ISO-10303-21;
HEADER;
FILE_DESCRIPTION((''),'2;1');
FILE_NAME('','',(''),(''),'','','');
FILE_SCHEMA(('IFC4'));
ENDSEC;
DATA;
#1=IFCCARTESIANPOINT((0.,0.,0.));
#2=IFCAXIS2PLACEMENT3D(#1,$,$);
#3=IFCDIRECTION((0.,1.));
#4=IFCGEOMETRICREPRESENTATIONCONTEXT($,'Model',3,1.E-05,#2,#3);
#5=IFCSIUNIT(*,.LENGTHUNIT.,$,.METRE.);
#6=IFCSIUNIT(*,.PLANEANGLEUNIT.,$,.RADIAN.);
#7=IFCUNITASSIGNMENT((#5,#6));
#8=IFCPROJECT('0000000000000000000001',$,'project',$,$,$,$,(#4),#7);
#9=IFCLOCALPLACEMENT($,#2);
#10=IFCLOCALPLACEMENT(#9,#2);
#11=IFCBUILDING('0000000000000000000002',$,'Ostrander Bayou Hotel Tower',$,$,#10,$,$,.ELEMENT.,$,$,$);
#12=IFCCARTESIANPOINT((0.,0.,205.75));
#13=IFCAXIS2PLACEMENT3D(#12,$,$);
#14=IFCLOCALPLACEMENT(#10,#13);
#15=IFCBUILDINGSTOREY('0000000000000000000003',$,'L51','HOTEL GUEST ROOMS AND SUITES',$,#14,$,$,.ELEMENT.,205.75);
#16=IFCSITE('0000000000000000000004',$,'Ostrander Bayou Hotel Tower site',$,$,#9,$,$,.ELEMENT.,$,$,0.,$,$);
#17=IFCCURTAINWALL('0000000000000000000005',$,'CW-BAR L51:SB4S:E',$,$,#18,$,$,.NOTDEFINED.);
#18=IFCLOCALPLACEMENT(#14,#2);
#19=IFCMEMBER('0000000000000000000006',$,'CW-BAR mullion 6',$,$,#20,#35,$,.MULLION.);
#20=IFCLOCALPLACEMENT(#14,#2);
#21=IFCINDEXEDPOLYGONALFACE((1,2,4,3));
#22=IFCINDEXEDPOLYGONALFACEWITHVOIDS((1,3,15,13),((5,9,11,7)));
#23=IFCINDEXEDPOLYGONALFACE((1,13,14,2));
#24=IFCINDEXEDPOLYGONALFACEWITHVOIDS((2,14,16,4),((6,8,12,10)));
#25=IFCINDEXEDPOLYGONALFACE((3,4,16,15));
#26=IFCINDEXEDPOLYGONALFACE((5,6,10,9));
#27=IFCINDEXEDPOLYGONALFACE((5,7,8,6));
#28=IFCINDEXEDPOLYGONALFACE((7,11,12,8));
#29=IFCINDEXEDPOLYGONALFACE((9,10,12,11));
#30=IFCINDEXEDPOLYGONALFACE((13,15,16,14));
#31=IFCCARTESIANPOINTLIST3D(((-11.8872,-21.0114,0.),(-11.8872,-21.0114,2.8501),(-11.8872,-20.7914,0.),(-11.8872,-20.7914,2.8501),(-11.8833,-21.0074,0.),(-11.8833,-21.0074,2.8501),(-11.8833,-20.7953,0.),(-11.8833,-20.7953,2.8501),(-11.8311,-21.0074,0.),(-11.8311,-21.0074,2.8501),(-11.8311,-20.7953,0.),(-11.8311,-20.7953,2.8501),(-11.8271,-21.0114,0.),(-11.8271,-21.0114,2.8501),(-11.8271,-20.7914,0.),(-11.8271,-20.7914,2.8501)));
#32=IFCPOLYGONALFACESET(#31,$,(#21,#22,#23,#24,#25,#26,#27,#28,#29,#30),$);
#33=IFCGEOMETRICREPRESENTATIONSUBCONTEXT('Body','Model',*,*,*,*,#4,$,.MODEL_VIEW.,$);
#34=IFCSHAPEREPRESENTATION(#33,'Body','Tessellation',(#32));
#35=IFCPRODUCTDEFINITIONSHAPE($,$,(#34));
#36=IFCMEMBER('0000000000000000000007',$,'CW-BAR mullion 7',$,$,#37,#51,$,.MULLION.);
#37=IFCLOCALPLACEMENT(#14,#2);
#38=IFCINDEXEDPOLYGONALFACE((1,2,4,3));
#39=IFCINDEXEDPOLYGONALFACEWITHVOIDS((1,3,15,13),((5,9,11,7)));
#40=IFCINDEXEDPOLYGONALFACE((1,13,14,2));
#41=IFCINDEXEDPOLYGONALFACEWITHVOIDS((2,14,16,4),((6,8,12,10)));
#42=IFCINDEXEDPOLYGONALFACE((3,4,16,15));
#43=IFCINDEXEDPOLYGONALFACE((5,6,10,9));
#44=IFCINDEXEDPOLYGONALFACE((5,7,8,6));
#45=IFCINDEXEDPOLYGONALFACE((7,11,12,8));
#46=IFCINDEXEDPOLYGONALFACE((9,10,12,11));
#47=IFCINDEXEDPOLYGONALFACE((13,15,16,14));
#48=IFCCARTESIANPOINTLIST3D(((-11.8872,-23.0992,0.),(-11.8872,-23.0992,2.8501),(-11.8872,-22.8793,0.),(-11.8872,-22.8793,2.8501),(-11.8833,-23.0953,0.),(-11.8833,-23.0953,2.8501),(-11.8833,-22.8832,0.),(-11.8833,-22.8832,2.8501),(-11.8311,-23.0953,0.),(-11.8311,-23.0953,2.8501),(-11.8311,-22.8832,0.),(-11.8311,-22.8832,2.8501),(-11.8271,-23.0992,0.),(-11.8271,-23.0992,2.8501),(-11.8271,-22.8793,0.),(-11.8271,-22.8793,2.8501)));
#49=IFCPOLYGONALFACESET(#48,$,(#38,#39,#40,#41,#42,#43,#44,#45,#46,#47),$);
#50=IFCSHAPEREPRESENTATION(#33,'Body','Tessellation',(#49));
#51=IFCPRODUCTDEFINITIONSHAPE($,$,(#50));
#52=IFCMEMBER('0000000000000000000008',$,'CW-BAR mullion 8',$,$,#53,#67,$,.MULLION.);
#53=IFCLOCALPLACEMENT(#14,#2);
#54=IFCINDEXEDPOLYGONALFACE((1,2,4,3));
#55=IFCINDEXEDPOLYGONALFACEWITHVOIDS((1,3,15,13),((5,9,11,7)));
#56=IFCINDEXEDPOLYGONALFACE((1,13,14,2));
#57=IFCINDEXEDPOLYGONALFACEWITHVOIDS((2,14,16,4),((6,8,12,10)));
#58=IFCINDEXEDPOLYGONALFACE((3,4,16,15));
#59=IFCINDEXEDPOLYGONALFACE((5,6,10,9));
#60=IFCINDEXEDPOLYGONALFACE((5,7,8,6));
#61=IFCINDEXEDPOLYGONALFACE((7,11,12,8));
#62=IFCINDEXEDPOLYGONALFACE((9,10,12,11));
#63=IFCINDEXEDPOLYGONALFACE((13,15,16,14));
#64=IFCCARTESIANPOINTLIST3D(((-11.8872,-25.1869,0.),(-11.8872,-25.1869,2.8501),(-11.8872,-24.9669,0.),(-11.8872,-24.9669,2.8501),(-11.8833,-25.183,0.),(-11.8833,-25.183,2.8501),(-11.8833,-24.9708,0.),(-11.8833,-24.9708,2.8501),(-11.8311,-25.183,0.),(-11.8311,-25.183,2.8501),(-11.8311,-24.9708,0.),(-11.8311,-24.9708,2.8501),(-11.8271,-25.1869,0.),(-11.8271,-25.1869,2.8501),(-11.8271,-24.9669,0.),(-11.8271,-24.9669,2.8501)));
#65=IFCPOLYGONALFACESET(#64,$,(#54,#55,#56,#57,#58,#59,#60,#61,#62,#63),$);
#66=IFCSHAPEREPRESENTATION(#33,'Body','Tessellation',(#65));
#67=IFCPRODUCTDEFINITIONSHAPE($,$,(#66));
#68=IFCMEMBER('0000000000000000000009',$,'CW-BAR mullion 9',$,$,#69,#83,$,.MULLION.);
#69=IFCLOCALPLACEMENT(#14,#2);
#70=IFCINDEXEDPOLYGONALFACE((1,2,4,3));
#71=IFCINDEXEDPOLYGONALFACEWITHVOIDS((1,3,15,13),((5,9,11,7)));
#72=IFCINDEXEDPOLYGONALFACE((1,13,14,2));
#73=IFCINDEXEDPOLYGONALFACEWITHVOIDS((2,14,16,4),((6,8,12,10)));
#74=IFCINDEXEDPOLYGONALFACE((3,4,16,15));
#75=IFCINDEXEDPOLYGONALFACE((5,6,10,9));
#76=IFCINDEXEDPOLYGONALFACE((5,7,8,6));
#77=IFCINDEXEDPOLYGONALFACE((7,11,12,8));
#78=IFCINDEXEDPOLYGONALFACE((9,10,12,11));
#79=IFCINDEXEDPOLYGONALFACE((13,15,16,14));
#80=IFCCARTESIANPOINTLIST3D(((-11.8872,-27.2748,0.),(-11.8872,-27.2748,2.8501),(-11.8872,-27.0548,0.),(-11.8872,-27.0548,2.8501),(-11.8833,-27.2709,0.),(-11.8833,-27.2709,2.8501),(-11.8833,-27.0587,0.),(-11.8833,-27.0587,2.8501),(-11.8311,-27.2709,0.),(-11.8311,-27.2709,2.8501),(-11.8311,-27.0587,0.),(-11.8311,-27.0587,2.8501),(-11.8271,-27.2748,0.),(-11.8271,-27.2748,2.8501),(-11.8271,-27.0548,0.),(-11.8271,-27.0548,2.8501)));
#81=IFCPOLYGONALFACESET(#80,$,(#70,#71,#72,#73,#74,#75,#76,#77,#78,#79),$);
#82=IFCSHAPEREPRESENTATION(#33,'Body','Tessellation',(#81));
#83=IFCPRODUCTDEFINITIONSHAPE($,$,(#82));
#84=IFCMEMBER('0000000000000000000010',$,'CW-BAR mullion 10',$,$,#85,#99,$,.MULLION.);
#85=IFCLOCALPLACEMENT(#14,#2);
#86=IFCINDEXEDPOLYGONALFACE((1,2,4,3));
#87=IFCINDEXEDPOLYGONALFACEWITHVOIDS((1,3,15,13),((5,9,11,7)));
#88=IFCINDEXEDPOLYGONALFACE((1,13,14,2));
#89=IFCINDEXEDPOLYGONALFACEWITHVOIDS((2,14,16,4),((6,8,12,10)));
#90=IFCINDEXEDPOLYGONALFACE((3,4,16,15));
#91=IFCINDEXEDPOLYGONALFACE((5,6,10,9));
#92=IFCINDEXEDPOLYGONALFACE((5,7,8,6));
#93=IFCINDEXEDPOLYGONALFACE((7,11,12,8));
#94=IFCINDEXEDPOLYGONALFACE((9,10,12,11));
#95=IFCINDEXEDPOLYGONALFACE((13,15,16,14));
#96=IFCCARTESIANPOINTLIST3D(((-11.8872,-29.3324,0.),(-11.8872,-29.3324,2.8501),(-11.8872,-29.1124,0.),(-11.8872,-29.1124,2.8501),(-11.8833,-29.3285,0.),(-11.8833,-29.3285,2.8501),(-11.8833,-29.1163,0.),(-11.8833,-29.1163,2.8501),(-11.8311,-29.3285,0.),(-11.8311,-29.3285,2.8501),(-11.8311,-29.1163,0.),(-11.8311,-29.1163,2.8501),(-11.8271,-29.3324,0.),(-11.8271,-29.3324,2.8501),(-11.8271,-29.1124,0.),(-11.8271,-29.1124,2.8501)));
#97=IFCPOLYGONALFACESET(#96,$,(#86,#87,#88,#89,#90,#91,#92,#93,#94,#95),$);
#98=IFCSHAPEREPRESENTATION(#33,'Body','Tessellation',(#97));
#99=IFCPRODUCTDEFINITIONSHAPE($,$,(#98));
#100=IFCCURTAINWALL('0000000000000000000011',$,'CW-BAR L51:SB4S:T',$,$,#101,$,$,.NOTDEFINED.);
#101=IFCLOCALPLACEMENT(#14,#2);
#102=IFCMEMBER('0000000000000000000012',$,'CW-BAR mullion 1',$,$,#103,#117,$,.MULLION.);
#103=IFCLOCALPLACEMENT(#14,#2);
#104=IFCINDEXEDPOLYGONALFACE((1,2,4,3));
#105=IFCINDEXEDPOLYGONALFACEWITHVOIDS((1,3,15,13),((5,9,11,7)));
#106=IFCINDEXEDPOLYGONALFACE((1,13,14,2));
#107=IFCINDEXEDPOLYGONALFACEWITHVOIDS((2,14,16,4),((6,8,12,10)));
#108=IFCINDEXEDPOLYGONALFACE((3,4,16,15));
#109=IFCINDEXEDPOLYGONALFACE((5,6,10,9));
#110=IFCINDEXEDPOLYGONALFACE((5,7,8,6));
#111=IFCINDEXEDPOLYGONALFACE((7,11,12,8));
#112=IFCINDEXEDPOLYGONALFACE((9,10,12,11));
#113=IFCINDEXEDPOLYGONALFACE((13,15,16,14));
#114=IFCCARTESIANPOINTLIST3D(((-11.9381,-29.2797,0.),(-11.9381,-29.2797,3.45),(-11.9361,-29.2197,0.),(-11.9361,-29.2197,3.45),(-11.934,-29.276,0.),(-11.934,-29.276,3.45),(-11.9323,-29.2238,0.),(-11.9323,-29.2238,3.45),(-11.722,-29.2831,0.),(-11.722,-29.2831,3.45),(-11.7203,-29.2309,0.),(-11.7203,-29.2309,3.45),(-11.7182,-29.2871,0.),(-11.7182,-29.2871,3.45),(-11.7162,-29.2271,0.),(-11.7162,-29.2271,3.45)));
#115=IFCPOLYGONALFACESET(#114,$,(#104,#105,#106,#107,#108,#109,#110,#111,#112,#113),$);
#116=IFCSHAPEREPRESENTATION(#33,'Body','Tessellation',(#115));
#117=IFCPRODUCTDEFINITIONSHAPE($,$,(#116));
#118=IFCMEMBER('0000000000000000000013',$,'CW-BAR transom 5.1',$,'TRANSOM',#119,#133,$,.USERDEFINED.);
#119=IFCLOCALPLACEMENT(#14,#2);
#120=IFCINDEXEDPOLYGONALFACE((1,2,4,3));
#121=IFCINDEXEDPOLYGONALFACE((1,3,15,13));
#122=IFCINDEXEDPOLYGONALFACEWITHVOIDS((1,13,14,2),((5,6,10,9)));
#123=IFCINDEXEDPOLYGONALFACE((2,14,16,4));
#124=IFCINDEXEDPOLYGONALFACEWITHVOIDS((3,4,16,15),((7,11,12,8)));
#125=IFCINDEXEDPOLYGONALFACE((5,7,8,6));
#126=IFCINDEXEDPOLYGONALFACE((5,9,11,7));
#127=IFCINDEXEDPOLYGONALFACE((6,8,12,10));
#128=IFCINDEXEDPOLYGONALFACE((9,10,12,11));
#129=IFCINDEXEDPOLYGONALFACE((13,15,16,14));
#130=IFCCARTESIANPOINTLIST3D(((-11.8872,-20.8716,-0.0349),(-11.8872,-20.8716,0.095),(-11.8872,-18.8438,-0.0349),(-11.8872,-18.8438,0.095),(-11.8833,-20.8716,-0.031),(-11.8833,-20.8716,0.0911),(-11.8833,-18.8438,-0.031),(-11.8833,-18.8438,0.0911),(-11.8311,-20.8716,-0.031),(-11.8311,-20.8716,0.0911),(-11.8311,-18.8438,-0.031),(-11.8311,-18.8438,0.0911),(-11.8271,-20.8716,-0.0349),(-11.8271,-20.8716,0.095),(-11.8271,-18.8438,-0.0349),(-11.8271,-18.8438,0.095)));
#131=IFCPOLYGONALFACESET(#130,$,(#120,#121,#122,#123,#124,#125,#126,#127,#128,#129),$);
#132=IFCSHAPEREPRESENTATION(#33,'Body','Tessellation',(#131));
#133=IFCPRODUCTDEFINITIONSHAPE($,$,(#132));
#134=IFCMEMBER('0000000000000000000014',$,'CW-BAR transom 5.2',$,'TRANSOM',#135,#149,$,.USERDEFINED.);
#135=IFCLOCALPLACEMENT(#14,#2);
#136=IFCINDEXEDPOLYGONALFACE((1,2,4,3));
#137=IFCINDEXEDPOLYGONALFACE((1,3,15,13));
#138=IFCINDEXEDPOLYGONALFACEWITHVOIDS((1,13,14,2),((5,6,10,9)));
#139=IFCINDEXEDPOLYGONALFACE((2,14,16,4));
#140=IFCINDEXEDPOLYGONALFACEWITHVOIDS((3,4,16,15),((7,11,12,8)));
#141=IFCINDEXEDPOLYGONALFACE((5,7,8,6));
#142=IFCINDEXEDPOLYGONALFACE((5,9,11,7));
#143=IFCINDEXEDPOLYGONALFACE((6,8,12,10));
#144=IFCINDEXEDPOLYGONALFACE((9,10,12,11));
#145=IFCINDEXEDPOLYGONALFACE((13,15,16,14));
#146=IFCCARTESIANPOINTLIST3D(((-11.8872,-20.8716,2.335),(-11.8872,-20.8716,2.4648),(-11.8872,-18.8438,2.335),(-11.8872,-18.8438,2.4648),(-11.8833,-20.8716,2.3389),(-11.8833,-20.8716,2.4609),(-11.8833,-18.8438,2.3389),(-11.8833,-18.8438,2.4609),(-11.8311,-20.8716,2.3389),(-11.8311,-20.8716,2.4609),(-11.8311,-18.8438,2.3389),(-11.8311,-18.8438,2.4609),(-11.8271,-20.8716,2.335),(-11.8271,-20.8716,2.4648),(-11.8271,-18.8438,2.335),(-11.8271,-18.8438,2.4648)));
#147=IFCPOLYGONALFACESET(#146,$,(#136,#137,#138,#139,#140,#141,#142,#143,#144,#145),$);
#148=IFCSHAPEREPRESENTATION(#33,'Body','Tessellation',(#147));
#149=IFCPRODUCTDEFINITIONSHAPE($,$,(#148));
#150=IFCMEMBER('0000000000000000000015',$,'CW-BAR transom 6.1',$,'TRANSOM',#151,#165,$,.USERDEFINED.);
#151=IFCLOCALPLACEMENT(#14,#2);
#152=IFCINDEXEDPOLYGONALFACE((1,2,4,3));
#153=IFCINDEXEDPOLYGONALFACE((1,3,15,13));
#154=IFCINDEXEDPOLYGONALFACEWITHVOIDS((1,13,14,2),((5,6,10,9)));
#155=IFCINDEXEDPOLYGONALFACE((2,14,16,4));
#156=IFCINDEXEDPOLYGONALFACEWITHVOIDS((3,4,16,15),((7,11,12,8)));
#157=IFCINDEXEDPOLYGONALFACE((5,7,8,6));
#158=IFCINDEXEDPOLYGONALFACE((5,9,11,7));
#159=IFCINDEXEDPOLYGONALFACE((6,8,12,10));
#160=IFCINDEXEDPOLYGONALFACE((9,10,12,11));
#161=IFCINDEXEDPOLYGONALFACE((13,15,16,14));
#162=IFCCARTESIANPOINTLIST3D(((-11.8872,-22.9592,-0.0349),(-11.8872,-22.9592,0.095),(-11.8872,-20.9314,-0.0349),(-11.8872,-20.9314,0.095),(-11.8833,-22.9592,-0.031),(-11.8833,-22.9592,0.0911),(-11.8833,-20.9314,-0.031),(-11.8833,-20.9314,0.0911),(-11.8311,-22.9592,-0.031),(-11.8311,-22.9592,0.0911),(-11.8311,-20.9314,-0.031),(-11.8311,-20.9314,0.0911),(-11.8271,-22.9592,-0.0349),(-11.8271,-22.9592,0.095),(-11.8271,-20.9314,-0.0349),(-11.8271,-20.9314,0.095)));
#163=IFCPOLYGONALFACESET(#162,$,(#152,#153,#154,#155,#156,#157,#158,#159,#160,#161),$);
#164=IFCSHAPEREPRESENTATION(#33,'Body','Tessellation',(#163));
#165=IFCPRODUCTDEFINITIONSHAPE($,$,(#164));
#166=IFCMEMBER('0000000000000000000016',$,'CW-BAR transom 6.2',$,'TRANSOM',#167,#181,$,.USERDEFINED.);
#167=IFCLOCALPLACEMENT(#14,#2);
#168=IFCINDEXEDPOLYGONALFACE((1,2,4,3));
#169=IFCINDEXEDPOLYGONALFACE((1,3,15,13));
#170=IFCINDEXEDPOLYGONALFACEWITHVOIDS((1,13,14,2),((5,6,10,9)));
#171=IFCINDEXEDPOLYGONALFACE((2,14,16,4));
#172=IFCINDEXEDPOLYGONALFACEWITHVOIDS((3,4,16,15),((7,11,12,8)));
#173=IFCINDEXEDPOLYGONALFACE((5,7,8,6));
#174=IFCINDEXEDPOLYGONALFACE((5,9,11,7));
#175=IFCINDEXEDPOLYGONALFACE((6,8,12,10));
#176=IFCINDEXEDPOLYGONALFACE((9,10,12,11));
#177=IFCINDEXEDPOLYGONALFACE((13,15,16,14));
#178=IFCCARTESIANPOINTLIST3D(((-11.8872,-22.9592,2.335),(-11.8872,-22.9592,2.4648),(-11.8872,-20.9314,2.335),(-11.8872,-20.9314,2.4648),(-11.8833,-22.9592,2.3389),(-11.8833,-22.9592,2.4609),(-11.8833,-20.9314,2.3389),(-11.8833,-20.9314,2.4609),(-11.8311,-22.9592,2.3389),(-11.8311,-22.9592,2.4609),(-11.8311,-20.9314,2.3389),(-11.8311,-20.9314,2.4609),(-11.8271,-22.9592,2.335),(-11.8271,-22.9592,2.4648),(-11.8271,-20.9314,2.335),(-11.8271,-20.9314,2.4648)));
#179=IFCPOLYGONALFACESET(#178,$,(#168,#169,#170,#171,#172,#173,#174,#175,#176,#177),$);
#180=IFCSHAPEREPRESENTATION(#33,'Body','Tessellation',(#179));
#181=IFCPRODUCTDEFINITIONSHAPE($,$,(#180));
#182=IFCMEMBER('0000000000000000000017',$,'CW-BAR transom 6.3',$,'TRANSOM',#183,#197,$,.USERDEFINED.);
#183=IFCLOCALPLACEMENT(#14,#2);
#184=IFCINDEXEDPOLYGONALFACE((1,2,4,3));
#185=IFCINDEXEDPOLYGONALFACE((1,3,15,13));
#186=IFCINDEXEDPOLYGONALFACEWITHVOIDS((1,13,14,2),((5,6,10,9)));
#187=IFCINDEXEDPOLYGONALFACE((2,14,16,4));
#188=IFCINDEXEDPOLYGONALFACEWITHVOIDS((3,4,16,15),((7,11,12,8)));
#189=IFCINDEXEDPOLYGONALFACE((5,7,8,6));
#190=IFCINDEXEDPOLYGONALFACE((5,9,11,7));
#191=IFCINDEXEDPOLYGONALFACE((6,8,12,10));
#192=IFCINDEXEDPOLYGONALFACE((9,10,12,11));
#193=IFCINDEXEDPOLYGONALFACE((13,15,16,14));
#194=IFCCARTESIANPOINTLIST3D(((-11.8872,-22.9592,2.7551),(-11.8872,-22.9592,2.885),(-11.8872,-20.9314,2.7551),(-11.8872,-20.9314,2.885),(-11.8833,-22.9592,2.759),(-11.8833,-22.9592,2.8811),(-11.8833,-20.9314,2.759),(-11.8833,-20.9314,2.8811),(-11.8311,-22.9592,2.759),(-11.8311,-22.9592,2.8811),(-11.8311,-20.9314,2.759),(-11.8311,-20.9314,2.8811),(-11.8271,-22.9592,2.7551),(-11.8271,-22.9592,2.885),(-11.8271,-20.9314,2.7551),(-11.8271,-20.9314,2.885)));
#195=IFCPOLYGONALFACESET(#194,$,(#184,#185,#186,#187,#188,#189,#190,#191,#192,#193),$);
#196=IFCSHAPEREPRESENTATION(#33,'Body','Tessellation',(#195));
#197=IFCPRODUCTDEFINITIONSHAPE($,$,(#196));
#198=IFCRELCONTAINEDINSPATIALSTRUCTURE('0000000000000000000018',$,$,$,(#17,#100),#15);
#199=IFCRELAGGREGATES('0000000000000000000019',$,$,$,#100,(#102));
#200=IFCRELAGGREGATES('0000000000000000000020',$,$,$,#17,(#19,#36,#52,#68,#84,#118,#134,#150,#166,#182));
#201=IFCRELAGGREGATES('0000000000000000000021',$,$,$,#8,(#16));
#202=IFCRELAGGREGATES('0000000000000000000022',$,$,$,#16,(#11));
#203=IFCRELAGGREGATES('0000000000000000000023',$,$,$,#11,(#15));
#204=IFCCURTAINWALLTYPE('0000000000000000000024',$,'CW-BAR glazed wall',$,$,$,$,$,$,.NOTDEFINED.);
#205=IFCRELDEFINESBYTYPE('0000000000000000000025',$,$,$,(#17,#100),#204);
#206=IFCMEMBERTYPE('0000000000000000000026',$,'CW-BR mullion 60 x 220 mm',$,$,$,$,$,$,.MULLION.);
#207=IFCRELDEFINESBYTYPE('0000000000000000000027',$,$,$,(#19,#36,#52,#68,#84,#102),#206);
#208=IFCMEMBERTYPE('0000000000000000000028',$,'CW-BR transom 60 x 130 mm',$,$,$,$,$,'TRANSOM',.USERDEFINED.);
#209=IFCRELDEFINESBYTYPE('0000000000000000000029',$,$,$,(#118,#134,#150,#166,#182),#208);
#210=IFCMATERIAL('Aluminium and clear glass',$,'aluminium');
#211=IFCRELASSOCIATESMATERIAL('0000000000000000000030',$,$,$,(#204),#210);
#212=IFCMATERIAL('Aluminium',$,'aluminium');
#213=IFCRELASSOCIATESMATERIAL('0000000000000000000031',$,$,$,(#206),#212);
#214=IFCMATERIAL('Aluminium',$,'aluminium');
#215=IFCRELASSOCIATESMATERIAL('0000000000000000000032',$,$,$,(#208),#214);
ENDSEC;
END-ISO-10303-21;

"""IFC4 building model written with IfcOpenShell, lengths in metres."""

from ifc_helpers import new_model, si_unit, direction, frame, origin, origin_2d, place, context, subcontext, project, spatial, hollow_rectangle, extrude, material, material_profile, profile_set, type_object, element, aggregate, save


model = new_model("IFC4")

# Units and contexts
model_context = context("Model", 3, precision=1e-05, world=origin(), true_north=direction((0.0, 1.0)))
body_context = subcontext(model_context, "Body", "Model", "MODEL_VIEW")
ifc_project = project(units=[si_unit("LENGTHUNIT", "METRE"), si_unit("PLANEANGLEUNIT", "RADIAN")], contexts=[model_context])

# Site, building, storey
site_placement = place(None, origin())
site = spatial("IfcSite", under=ifc_project, at=site_placement, Name="Ostrander Bayou Hotel Tower site", CompositionType="ELEMENT", RefElevation=0.0)
building_placement = place(site_placement, origin())
building = spatial("IfcBuilding", under=site, at=building_placement, Name="Ostrander Bayou Hotel Tower", CompositionType="ELEMENT")
storey_placement = place(building_placement, frame((0.0, 0.0, 205.75)))
storey = spatial("IfcBuildingStorey", under=building, at=storey_placement, Name="L51", Description="HOTEL GUEST ROOMS AND SUITES", CompositionType="ELEMENT", Elevation=205.75)

# Curtain wall, members
ifc_material_1 = material(Name="Aluminium and clear glass", Category="aluminium")
curtain_wall_type = type_object("IfcCurtainWallType", Name="CW-BAR glazed wall", PredefinedType="NOTDEFINED", material=ifc_material_1)
curtain_wall_1_placement = place(storey_placement, origin())
curtain_wall_1 = element("IfcCurtainWall", 1, at=curtain_wall_1_placement, inside=storey, type_object=curtain_wall_type, Name="CW-BAR L51:SB4S:E", PredefinedType="NOTDEFINED")
ifc_material_2 = material(Name="Aluminium", Category="aluminium")
ifc_material_profile_1 = material_profile(ifc_material_2, hollow_rectangle(XDim=0.0601, YDim=0.22, WallThickness=0.0039, at=origin_2d()))
ifc_profile_set_1 = profile_set([ifc_material_profile_1], Name="Aluminium")
member_type_1 = type_object("IfcMemberType", Name="CW-BR mullion 60 x 220 mm", PredefinedType="MULLION", material=ifc_profile_set_1)
member_1_placement = place(storey_placement, frame((-11.8572, -20.9014, 0.0), z_axis=(0.0, 0.0, 1.0), x_axis=(1.0, 0.0, 0.0)))
member_1 = element("IfcMember", 2, at=member_1_placement, type_object=member_type_1, Name="CW-BAR mullion 6", PredefinedType="MULLION", context=body_context, shape_type="SweptSolid", body=[
    extrude(hollow_rectangle(XDim=0.0601, YDim=0.22, WallThickness=0.0039, at=origin_2d()), origin(), (0.0, 0.0, 1.0), 2.8501),
])
member_2_placement = place(storey_placement, frame((-11.8572, -22.9893, 0.0), z_axis=(0.0, 0.0, 1.0), x_axis=(1.0, 0.0, 0.0)))
member_2 = element("IfcMember", 3, at=member_2_placement, type_object=member_type_1, Name="CW-BAR mullion 7", PredefinedType="MULLION", context=body_context, shape_type="SweptSolid", body=[
    extrude(hollow_rectangle(XDim=0.0601, YDim=0.22, WallThickness=0.0039, at=origin_2d()), origin(), (0.0, 0.0, 1.0), 2.8501),
])
member_3_placement = place(storey_placement, frame((-11.8572, -25.0769, 0.0), z_axis=(0.0, 0.0, 1.0), x_axis=(1.0, 0.0, 0.0)))
member_3 = element("IfcMember", 4, at=member_3_placement, type_object=member_type_1, Name="CW-BAR mullion 8", PredefinedType="MULLION", context=body_context, shape_type="SweptSolid", body=[
    extrude(hollow_rectangle(XDim=0.0601, YDim=0.22, WallThickness=0.0039, at=origin_2d()), origin(), (0.0, 0.0, 1.0), 2.8501),
])
member_4_placement = place(storey_placement, frame((-11.8572, -27.1648, 0.0), z_axis=(0.0, 0.0, 1.0), x_axis=(1.0, 0.0, 0.0)))
member_4 = element("IfcMember", 5, at=member_4_placement, type_object=member_type_1, Name="CW-BAR mullion 9", PredefinedType="MULLION", context=body_context, shape_type="SweptSolid", body=[
    extrude(hollow_rectangle(XDim=0.0601, YDim=0.22, WallThickness=0.0039, at=origin_2d()), origin(), (0.0, 0.0, 1.0), 2.8501),
])
member_5_placement = place(storey_placement, frame((-11.8572, -29.2224, 0.0), z_axis=(0.0, 0.0, 1.0), x_axis=(1.0, 0.0, 0.0)))
member_5 = element("IfcMember", 6, at=member_5_placement, type_object=member_type_1, Name="CW-BAR mullion 10", PredefinedType="MULLION", context=body_context, shape_type="SweptSolid", body=[
    extrude(hollow_rectangle(XDim=0.0601, YDim=0.22, WallThickness=0.0039, at=origin_2d()), origin(), (0.0, 0.0, 1.0), 2.8501),
])

# Curtain wall, member
curtain_wall_2_placement = place(storey_placement, origin())
curtain_wall_2 = element("IfcCurtainWall", 7, at=curtain_wall_2_placement, inside=storey, type_object=curtain_wall_type, Name="CW-BAR L51:SB4S:T", PredefinedType="NOTDEFINED")
member_6_placement = place(storey_placement, frame((-11.8271, -29.2534, 0.0), z_axis=(0.0, 0.0, 1.0), x_axis=(0.033505, 0.999439, 0.0)))
member_6 = element("IfcMember", 8, at=member_6_placement, type_object=member_type_1, Name="CW-BAR mullion 1", PredefinedType="MULLION", context=body_context, shape_type="SweptSolid", body=[
    extrude(hollow_rectangle(XDim=0.0601, YDim=0.22, WallThickness=0.0039, at=origin_2d()), origin(), (0.0, 0.0, 1.0), 3.45),
])
aggregate(curtain_wall_2, [member_6])

# Members
ifc_material_3 = material(Name="Aluminium", Category="aluminium")
ifc_material_profile_2 = material_profile(ifc_material_3, hollow_rectangle(XDim=0.0601, YDim=0.1299, WallThickness=0.0039, at=origin_2d()))
ifc_profile_set_2 = profile_set([ifc_material_profile_2], Name="Aluminium")
member_type_2 = type_object("IfcMemberType", Name="CW-BR transom 60 x 130 mm", ElementType="TRANSOM", PredefinedType="USERDEFINED", material=ifc_profile_set_2)
member_7_placement = place(storey_placement, frame((-11.8572, -18.8438, 0.03), z_axis=(0.0, -1.0, 0.0), x_axis=(1.0, 0.0, 0.0)))
member_7 = element("IfcMember", 9, at=member_7_placement, type_object=member_type_2, Name="CW-BAR transom 5.1", ObjectType="TRANSOM", PredefinedType="USERDEFINED", context=body_context, shape_type="SweptSolid", body=[
    extrude(hollow_rectangle(XDim=0.0601, YDim=0.1299, WallThickness=0.0039, at=origin_2d()), origin(), (0.0, 0.0, 1.0), 2.0278),
])
member_8_placement = place(storey_placement, frame((-11.8572, -18.8438, 2.3999), z_axis=(0.0, -1.0, 0.0), x_axis=(1.0, 0.0, 0.0)))
member_8 = element("IfcMember", 10, at=member_8_placement, type_object=member_type_2, Name="CW-BAR transom 5.2", ObjectType="TRANSOM", PredefinedType="USERDEFINED", context=body_context, shape_type="SweptSolid", body=[
    extrude(hollow_rectangle(XDim=0.0601, YDim=0.1299, WallThickness=0.0039, at=origin_2d()), origin(), (0.0, 0.0, 1.0), 2.0278),
])
member_9_placement = place(storey_placement, frame((-11.8572, -20.9314, 0.03), z_axis=(0.0, -1.0, 0.0), x_axis=(1.0, 0.0, 0.0)))
member_9 = element("IfcMember", 11, at=member_9_placement, type_object=member_type_2, Name="CW-BAR transom 6.1", ObjectType="TRANSOM", PredefinedType="USERDEFINED", context=body_context, shape_type="SweptSolid", body=[
    extrude(hollow_rectangle(XDim=0.0601, YDim=0.1299, WallThickness=0.0039, at=origin_2d()), origin(), (0.0, 0.0, 1.0), 2.0278),
])
member_10_placement = place(storey_placement, frame((-11.8572, -20.9314, 2.3999), z_axis=(0.0, -1.0, 0.0), x_axis=(1.0, 0.0, 0.0)))
member_10 = element("IfcMember", 12, at=member_10_placement, type_object=member_type_2, Name="CW-BAR transom 6.2", ObjectType="TRANSOM", PredefinedType="USERDEFINED", context=body_context, shape_type="SweptSolid", body=[
    extrude(hollow_rectangle(XDim=0.0601, YDim=0.1299, WallThickness=0.0039, at=origin_2d()), origin(), (0.0, 0.0, 1.0), 2.0278),
])
member_11_placement = place(storey_placement, frame((-11.8572, -20.9314, 2.8201), z_axis=(0.0, -1.0, 0.0), x_axis=(1.0, 0.0, 0.0)))
member_11 = element("IfcMember", 13, at=member_11_placement, type_object=member_type_2, Name="CW-BAR transom 6.3", ObjectType="TRANSOM", PredefinedType="USERDEFINED", context=body_context, shape_type="SweptSolid", body=[
    extrude(hollow_rectangle(XDim=0.0601, YDim=0.1299, WallThickness=0.0039, at=origin_2d()), origin(), (0.0, 0.0, 1.0), 2.0278),
])

aggregate(curtain_wall_1, [member_1, member_2, member_3, member_4, member_5, member_7, member_8, member_9, member_10, member_11])

save(model, "model.ifc")
